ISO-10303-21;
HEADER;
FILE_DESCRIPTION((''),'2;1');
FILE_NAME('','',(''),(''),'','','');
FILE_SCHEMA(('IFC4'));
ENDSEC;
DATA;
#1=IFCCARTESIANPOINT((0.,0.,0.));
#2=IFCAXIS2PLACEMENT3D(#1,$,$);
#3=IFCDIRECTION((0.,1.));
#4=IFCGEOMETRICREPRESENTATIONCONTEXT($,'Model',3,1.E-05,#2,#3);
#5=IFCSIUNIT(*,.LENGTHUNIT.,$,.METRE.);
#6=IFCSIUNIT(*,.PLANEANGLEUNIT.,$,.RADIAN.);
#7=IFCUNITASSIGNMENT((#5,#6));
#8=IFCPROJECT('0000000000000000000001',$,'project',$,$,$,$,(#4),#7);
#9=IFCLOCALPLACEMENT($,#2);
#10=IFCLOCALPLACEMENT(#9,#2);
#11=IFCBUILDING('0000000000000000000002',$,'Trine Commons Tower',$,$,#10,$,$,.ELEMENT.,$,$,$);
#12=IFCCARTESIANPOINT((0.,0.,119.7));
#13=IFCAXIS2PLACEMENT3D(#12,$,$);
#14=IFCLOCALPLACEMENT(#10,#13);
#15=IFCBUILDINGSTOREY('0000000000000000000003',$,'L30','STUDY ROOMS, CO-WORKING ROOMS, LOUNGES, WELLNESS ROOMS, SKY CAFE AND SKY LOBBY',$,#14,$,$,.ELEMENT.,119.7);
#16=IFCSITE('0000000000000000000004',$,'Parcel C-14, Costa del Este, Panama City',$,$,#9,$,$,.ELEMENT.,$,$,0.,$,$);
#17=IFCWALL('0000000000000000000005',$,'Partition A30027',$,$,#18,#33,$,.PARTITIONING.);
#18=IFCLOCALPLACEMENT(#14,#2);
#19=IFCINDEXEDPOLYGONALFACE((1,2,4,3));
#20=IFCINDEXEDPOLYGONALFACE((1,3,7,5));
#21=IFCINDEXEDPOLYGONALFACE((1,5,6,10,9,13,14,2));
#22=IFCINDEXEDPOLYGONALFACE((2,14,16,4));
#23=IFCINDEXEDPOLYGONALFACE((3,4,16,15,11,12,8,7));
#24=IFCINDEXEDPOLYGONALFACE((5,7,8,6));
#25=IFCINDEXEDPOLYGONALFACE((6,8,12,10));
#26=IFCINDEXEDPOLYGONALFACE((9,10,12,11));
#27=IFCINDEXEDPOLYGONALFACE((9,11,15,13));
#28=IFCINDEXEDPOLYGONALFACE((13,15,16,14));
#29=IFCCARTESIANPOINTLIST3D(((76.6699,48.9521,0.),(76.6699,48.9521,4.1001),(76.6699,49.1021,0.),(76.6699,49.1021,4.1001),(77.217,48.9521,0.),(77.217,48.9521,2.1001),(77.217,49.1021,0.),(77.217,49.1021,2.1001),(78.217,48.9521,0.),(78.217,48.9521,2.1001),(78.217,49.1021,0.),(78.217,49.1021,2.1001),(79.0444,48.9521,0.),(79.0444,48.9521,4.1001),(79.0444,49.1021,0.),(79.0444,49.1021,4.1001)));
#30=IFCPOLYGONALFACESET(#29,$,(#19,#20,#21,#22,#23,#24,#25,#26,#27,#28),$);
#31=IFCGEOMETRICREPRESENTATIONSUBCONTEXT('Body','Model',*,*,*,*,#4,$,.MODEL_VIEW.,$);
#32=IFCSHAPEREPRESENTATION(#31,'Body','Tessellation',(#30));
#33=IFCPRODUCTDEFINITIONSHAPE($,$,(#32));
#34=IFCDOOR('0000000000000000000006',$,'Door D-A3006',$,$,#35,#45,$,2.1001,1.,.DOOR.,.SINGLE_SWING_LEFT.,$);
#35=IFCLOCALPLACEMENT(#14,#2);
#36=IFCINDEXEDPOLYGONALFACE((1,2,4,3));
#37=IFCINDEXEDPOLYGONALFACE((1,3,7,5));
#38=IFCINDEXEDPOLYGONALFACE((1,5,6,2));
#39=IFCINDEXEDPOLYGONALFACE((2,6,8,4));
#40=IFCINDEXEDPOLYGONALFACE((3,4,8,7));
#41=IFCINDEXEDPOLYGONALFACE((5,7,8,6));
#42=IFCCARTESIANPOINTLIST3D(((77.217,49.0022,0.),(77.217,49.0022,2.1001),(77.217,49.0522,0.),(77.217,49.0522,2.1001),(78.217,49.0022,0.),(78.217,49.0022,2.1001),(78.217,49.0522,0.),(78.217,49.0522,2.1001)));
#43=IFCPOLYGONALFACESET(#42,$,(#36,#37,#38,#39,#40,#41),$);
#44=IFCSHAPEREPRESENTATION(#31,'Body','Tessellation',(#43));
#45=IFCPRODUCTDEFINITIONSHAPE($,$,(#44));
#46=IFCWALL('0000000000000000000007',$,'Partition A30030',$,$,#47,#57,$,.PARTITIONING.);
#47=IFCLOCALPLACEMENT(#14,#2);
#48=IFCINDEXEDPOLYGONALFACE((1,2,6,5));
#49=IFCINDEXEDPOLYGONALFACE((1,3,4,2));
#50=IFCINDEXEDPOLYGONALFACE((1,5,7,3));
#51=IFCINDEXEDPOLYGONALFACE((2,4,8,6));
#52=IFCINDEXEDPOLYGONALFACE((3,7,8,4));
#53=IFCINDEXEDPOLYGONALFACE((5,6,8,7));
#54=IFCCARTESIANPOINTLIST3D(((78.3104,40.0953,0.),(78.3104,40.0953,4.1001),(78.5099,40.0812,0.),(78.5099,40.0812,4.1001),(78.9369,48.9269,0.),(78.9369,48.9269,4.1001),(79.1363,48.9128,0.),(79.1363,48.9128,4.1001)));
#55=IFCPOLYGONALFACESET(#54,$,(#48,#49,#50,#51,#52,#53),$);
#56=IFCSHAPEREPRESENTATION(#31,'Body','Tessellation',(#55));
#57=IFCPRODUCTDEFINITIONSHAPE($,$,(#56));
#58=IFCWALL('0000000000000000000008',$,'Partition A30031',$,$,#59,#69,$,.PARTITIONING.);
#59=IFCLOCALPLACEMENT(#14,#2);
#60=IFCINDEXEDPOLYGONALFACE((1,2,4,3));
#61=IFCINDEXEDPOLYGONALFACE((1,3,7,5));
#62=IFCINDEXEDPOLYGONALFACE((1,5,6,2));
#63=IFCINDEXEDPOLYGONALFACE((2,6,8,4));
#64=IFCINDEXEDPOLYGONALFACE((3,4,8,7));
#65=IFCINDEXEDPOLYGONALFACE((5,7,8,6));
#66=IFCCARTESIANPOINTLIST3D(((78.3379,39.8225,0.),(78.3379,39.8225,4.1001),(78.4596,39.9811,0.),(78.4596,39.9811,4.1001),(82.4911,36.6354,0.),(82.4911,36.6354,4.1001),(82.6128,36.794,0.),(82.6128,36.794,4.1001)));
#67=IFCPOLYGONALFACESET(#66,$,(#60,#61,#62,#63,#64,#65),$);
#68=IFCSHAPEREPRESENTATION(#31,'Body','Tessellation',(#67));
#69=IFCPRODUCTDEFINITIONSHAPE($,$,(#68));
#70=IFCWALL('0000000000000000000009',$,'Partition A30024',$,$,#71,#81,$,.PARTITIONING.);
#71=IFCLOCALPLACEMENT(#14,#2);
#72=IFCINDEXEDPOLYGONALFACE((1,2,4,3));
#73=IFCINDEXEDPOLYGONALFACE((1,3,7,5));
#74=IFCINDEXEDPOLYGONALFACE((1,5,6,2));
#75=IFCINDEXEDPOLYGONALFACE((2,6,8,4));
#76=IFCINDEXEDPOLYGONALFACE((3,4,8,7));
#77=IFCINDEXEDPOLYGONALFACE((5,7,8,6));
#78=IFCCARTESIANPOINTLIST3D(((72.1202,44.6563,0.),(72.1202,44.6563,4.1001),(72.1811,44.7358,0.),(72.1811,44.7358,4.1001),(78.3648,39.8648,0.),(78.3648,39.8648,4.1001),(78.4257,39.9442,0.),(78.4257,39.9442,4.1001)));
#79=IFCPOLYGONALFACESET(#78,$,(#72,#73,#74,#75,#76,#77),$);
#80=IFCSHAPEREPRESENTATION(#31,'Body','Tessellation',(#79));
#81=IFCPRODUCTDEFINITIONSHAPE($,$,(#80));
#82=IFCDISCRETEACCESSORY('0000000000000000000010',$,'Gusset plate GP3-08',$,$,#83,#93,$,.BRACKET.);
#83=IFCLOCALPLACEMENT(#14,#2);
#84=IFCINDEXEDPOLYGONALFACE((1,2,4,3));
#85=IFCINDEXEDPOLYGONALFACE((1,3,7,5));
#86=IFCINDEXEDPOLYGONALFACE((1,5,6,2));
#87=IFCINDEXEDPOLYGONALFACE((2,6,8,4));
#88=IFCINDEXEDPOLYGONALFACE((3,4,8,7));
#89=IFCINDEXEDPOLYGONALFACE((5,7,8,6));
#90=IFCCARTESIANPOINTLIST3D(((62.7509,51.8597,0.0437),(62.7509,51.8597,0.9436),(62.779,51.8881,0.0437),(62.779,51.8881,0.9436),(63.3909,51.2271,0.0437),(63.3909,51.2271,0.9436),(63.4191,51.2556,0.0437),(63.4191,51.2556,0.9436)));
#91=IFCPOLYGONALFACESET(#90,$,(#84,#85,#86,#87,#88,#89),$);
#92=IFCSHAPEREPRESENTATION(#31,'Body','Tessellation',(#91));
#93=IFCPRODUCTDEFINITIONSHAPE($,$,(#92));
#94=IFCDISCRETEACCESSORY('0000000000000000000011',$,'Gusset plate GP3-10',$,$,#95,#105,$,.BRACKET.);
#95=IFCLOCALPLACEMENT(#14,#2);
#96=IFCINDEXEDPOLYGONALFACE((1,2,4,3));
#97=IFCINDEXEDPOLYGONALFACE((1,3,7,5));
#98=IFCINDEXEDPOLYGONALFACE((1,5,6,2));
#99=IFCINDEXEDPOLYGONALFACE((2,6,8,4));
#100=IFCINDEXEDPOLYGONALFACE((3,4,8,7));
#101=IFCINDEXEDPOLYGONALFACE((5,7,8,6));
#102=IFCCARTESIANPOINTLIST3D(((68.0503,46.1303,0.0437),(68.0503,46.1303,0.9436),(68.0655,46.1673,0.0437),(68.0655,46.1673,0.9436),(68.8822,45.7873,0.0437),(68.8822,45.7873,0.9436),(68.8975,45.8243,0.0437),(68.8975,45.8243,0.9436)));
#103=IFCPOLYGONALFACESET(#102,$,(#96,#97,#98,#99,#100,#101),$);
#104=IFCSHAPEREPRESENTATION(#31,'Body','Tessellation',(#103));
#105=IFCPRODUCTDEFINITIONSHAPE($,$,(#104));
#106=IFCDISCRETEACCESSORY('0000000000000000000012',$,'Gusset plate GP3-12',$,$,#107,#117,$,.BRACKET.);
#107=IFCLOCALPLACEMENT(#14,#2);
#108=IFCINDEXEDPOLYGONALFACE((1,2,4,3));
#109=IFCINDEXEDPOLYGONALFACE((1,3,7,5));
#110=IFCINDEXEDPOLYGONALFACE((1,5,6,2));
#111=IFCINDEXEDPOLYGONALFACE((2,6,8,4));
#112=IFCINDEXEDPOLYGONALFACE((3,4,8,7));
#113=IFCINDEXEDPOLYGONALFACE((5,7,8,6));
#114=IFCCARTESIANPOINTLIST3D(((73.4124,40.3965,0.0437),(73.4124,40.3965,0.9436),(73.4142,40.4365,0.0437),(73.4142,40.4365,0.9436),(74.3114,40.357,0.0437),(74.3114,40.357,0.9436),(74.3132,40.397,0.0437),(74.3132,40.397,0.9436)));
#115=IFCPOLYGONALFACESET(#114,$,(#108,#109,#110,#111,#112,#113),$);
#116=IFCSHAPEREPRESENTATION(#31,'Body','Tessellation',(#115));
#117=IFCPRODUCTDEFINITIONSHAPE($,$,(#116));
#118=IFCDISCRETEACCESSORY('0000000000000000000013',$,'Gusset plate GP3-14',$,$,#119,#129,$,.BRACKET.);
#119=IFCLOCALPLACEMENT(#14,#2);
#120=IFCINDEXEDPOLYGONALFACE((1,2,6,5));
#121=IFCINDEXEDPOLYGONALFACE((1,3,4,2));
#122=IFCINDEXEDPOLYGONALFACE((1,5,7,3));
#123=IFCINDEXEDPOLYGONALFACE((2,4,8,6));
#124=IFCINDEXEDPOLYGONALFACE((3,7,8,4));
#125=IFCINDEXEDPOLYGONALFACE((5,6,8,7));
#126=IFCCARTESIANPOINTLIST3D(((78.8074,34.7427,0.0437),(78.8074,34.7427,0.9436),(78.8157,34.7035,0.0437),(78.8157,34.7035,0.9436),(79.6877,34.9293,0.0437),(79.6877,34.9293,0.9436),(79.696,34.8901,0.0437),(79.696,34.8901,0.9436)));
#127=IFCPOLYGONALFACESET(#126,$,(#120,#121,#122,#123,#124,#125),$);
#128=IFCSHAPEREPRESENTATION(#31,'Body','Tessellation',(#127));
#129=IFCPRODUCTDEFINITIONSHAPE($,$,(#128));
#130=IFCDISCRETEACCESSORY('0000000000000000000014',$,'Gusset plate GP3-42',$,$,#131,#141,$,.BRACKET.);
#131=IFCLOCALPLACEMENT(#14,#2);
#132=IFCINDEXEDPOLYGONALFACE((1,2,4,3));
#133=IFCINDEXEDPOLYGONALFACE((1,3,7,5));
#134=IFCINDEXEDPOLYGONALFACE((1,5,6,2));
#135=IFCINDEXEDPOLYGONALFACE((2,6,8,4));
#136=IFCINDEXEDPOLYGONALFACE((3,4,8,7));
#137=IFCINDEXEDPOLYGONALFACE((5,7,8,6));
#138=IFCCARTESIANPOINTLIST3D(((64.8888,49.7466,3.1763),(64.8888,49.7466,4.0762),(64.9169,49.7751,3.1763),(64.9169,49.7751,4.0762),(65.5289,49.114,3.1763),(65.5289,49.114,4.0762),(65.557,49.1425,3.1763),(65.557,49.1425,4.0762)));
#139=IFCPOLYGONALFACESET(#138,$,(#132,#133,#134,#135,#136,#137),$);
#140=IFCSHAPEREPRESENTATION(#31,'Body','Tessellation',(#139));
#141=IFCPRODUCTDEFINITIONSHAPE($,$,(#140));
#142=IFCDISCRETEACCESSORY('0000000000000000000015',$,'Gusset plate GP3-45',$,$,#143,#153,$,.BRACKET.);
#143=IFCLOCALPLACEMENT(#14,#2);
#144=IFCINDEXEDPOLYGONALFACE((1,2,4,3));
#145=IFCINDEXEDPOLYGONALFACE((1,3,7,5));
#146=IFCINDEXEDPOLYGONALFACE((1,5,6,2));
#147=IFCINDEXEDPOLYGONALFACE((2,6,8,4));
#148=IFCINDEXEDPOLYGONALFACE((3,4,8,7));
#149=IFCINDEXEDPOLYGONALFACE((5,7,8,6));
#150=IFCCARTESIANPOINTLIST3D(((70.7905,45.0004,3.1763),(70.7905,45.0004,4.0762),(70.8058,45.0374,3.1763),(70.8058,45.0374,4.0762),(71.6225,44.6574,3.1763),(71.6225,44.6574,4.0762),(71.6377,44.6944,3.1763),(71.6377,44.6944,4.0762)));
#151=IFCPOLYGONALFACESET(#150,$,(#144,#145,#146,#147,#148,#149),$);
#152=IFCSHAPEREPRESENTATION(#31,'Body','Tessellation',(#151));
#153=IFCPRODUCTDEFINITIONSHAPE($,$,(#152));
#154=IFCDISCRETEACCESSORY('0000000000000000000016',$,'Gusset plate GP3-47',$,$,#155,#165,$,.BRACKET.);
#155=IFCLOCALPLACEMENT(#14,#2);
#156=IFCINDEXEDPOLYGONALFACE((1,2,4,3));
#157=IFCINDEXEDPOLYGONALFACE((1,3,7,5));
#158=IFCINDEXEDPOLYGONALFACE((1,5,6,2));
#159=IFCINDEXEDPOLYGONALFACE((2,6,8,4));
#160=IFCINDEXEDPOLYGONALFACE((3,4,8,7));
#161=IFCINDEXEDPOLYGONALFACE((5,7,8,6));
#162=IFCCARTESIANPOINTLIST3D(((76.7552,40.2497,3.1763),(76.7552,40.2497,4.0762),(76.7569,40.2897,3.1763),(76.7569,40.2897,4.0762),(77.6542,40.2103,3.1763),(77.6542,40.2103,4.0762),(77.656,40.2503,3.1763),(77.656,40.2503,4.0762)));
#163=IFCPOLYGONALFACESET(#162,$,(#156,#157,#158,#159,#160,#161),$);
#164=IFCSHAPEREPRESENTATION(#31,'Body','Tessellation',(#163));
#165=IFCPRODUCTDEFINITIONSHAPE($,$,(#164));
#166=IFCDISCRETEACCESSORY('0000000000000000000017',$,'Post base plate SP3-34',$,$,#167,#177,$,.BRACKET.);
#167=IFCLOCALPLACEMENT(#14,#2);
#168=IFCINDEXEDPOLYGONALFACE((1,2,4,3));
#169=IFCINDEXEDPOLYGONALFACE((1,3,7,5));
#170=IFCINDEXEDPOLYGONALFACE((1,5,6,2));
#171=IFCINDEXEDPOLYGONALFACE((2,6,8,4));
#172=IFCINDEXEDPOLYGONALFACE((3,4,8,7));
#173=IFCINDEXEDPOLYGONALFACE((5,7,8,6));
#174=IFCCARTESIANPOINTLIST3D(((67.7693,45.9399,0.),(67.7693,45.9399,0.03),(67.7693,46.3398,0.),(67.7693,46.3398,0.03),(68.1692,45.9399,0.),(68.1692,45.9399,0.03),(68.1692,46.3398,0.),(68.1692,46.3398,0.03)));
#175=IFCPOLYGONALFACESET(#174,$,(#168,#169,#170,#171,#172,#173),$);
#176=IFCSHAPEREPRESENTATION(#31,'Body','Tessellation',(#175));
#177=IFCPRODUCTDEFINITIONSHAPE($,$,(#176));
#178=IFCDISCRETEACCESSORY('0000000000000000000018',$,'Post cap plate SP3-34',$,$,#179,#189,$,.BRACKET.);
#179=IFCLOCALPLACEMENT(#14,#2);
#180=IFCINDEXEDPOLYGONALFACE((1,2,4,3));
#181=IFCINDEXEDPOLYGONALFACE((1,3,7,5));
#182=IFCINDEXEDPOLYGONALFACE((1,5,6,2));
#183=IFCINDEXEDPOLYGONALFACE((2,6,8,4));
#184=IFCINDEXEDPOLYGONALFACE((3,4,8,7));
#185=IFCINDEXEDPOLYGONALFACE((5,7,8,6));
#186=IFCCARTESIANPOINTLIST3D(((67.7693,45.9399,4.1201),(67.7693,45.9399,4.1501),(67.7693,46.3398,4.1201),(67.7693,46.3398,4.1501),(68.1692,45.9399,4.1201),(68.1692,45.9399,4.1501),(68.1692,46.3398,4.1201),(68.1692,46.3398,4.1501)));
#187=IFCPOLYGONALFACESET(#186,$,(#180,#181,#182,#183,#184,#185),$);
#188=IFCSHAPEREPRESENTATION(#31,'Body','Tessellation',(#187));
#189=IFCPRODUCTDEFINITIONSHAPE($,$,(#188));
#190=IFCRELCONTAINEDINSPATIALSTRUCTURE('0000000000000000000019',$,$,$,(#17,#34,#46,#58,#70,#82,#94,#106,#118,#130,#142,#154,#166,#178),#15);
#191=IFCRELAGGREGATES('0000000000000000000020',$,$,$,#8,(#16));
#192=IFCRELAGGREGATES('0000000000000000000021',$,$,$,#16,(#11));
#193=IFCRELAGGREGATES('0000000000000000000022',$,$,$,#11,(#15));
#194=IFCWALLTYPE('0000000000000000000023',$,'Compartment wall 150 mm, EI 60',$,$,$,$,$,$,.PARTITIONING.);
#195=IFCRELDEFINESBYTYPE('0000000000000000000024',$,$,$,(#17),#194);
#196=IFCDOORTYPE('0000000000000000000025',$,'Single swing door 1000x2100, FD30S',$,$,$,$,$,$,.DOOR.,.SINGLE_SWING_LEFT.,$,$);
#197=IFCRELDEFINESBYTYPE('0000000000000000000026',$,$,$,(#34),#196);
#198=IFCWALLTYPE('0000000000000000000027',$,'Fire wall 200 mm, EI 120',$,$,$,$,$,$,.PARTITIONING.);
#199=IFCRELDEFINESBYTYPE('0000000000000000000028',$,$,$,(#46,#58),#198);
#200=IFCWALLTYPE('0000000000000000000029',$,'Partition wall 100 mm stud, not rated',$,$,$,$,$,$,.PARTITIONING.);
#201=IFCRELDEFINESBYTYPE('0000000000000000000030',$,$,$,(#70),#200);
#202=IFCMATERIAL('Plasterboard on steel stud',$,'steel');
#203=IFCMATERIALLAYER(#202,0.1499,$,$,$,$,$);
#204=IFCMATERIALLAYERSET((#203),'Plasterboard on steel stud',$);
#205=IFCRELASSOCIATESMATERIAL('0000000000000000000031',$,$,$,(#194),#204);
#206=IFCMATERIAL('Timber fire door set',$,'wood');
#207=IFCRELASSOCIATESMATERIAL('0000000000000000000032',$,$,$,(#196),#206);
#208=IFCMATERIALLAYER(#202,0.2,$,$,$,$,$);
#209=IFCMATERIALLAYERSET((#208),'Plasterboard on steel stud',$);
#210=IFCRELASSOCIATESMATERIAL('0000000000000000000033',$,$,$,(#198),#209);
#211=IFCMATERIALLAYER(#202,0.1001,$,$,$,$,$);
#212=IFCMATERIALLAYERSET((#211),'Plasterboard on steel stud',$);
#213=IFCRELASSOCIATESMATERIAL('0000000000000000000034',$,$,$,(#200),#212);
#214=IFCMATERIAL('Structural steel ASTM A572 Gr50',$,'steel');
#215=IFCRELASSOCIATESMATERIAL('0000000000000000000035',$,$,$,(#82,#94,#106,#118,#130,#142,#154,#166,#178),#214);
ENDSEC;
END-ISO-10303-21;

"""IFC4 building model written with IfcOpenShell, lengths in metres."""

from ifc_helpers import new_model, si_unit, direction, frame, frame_2d, origin, origin_2d, place, context, subcontext, project, spatial, rectangle, extrude, material, layer, layer_set, type_object, element, fill, save


model = new_model("IFC4")

# Units and contexts
model_context = context("Model", 3, precision=1e-05, world=origin(), true_north=direction((0.0, 1.0)))
body_context = subcontext(model_context, "Body", "Model", "MODEL_VIEW")
ifc_project = project(units=[si_unit("LENGTHUNIT", "METRE"), si_unit("PLANEANGLEUNIT", "RADIAN")], contexts=[model_context])

# Site, building, storey
site_placement = place(None, origin())
site = spatial("IfcSite", under=ifc_project, at=site_placement, Name="Parcel C-14, Costa del Este, Panama City", CompositionType="ELEMENT", RefElevation=0.0)
building_placement = place(site_placement, origin())
building = spatial("IfcBuilding", under=site, at=building_placement, Name="Trine Commons Tower", CompositionType="ELEMENT")
storey_placement = place(building_placement, frame((0.0, 0.0, 119.7)))
storey = spatial("IfcBuildingStorey", under=building, at=storey_placement, Name="L30", Description="STUDY ROOMS, CO-WORKING ROOMS, LOUNGES, WELLNESS ROOMS, SKY CAFE AND SKY LOBBY", CompositionType="ELEMENT", Elevation=119.7)

# Shared definitions
ifc_material_1 = material(Name="Plasterboard on steel stud", Category="steel")
ifc_layer_1 = layer(ifc_material_1, 0.1499)
ifc_layer_set_1 = layer_set([ifc_layer_1], Name="Plasterboard on steel stud")
wall_type_1 = type_object("IfcWallType", Name="Compartment wall 150 mm, EI 60", PredefinedType="PARTITIONING", material=ifc_layer_set_1)
ifc_material_2 = material(Name="Timber fire door set", Category="wood")

# Wall, opening, door
wall_1_placement = place(storey_placement, frame((79.0444, 49.0271, 0.0), z_axis=(0.0, 0.0, 1.0), x_axis=(-1.0, 0.0, 0.0)))
wall_1 = element("IfcWall", 1, at=wall_1_placement, inside=storey, type_object=wall_type_1, Name="Partition A30027", PredefinedType="PARTITIONING", context=body_context, shape_type="SweptSolid", body=[
    extrude(rectangle(XDim=2.3745, YDim=0.1499, at=frame_2d((1.1873, 0.0))), origin(), (0.0, 0.0, 1.0), 4.1001),
])
opening_1_placement = place(wall_1_placement, frame((0.8274, 0.0, 0.0)))
opening_1 = element("IfcOpeningElement", 2, at=opening_1_placement, cuts=wall_1, PredefinedType="OPENING", context=body_context, shape_type="SweptSolid", body=[
    extrude(rectangle(XDim=1.0, YDim=2.1001, at=frame_2d((0.5, 1.05))), frame((0.0, 0.085, 0.0), z_axis=(0.0, -1.0, 0.0), x_axis=(1.0, 0.0, 0.0)), (0.0, 0.0, 1.0), 0.1699),
])
door_type_1 = type_object("IfcDoorType", Name="Single swing door 1000x2100, FD30S", OperationType="SINGLE_SWING_LEFT", PredefinedType="DOOR", material=ifc_material_2)
door_1_placement = place(opening_1_placement, origin())
door_1 = element("IfcDoor", 3, at=door_1_placement, inside=storey, type_object=door_type_1, Name="Door D-A3006", OperationType="SINGLE_SWING_LEFT", OverallHeight=2.1001, OverallWidth=1.0, PredefinedType="DOOR", context=body_context, shape_type="SweptSolid", body=[
    extrude(rectangle(XDim=1.0, YDim=2.1001, at=frame_2d((0.5, 1.05))), frame((0.0, 0.0249, 0.0), z_axis=(0.0, -1.0, 0.0), x_axis=(1.0, 0.0, 0.0)), (0.0, 0.0, 1.0), 0.05),
])
fill(opening_1, door_1)

# Walls
ifc_layer_2 = layer(ifc_material_1, 0.2)
ifc_layer_set_2 = layer_set([ifc_layer_2], Name="Plasterboard on steel stud")
wall_type_2 = type_object("IfcWallType", Name="Fire wall 200 mm, EI 120", PredefinedType="PARTITIONING", material=ifc_layer_set_2)
wall_2_placement = place(storey_placement, frame((78.4102, 40.0884, 0.0), z_axis=(0.0, 0.0, 1.0), x_axis=(0.070757, 0.997494, 0.0)))
element("IfcWall", 4, at=wall_2_placement, inside=storey, type_object=wall_type_2, Name="Partition A30030", PredefinedType="PARTITIONING", context=body_context, shape_type="SweptSolid", body=[
    extrude(rectangle(XDim=8.8538, YDim=0.2, at=frame_2d((4.4268, 0.0))), origin(), (0.0, 0.0, 1.0), 4.1001),
])
wall_3_placement = place(storey_placement, frame((78.3987, 39.9019, 0.0), z_axis=(0.0, 0.0, 1.0), x_axis=(0.793331, -0.608791, 0.0)))
element("IfcWall", 5, at=wall_3_placement, inside=storey, type_object=wall_type_2, Name="Partition A30031", PredefinedType="PARTITIONING", context=body_context, shape_type="SweptSolid", body=[
    extrude(rectangle(XDim=5.2351, YDim=0.2, at=frame_2d((2.6177, 0.0))), origin(), (0.0, 0.0, 1.0), 4.1001),
])
ifc_layer_3 = layer(ifc_material_1, 0.1001)
ifc_layer_set_3 = layer_set([ifc_layer_3], Name="Plasterboard on steel stud")
wall_type_3 = type_object("IfcWallType", Name="Partition wall 100 mm stud, not rated", PredefinedType="PARTITIONING", material=ifc_layer_set_3)
wall_4_placement = place(storey_placement, frame((72.1506, 44.696, 0.0), z_axis=(0.0, 0.0, 1.0), x_axis=(0.793364, -0.608748, 0.0)))
element("IfcWall", 6, at=wall_4_placement, inside=storey, type_object=wall_type_3, Name="Partition A30024", PredefinedType="PARTITIONING", context=body_context, shape_type="SweptSolid", body=[
    extrude(rectangle(XDim=7.8711, YDim=0.1001, at=frame_2d((3.9355, 0.0))), origin(), (0.0, 0.0, 1.0), 4.1001),
])

# Discrete accessories
ifc_material_3 = material(Name="Structural steel ASTM A572 Gr50", Category="steel")
for number, where, z_axis, x_axis, name in (
    (7, (63.085, 51.5576, 0.0437), (0.0, 0.0, 1.0), (0.711241, -0.702948, 0.0), "Gusset plate GP3-08"),
    (8, (68.4739, 45.9773, 0.0437), (0.0, 0.0, 1.0), (0.924506, -0.381167, 0.0), "Gusset plate GP3-10"),
    (9, (73.8628, 40.3967, 0.0437), (0.0, 0.0, 1.0), (0.999038, -0.043846, 0.0), "Gusset plate GP3-12"),
    (10, (79.2517, 34.8164, 0.0437), (0.0, 0.0, 1.0), (0.978264, 0.207365, 0.0), "Gusset plate GP3-14"),
    (11, (65.2229, 49.4446, 3.1763), (0.0, 0.0, 1.0), (0.711241, -0.702948, 0.0), "Gusset plate GP3-42"),
    (12, (71.2141, 44.8474, 3.1763), (0.0, 0.0, 1.0), (0.924506, -0.381167, 0.0), "Gusset plate GP3-45"),
    (13, (77.2056, 40.25, 3.1763), (0.0, 0.0, 1.0), (0.999038, -0.043846, 0.0), "Gusset plate GP3-47"),
):
    element("IfcDiscreteAccessory", number, at=place(storey_placement, frame(where, z_axis=z_axis, x_axis=x_axis)), inside=storey, material=ifc_material_3, Name=name, PredefinedType="BRACKET", context=body_context, shape_type="SweptSolid", body=[
        extrude(rectangle(XDim=0.8999, YDim=0.04, at=origin_2d()), origin(), (0.0, 0.0, 1.0), 0.8999),
    ])
for number, where, z_axis, x_axis, name in (
    (14, (67.9692, 46.1399, 0.0), (0.0, 0.0, 1.0), (1.0, 0.0, 0.0), "Post base plate SP3-34"),
    (15, (67.9692, 46.1399, 4.1201), (0.0, 0.0, 1.0), (1.0, 0.0, 0.0), "Post cap plate SP3-34"),
):
    element("IfcDiscreteAccessory", number, at=place(storey_placement, frame(where, z_axis=z_axis, x_axis=x_axis)), inside=storey, material=ifc_material_3, Name=name, PredefinedType="BRACKET", context=body_context, shape_type="SweptSolid", body=[
        extrude(rectangle(XDim=0.3999, YDim=0.3999, at=origin_2d()), origin(), (0.0, 0.0, 1.0), 0.03),
    ])

save(model, "model.ifc")
